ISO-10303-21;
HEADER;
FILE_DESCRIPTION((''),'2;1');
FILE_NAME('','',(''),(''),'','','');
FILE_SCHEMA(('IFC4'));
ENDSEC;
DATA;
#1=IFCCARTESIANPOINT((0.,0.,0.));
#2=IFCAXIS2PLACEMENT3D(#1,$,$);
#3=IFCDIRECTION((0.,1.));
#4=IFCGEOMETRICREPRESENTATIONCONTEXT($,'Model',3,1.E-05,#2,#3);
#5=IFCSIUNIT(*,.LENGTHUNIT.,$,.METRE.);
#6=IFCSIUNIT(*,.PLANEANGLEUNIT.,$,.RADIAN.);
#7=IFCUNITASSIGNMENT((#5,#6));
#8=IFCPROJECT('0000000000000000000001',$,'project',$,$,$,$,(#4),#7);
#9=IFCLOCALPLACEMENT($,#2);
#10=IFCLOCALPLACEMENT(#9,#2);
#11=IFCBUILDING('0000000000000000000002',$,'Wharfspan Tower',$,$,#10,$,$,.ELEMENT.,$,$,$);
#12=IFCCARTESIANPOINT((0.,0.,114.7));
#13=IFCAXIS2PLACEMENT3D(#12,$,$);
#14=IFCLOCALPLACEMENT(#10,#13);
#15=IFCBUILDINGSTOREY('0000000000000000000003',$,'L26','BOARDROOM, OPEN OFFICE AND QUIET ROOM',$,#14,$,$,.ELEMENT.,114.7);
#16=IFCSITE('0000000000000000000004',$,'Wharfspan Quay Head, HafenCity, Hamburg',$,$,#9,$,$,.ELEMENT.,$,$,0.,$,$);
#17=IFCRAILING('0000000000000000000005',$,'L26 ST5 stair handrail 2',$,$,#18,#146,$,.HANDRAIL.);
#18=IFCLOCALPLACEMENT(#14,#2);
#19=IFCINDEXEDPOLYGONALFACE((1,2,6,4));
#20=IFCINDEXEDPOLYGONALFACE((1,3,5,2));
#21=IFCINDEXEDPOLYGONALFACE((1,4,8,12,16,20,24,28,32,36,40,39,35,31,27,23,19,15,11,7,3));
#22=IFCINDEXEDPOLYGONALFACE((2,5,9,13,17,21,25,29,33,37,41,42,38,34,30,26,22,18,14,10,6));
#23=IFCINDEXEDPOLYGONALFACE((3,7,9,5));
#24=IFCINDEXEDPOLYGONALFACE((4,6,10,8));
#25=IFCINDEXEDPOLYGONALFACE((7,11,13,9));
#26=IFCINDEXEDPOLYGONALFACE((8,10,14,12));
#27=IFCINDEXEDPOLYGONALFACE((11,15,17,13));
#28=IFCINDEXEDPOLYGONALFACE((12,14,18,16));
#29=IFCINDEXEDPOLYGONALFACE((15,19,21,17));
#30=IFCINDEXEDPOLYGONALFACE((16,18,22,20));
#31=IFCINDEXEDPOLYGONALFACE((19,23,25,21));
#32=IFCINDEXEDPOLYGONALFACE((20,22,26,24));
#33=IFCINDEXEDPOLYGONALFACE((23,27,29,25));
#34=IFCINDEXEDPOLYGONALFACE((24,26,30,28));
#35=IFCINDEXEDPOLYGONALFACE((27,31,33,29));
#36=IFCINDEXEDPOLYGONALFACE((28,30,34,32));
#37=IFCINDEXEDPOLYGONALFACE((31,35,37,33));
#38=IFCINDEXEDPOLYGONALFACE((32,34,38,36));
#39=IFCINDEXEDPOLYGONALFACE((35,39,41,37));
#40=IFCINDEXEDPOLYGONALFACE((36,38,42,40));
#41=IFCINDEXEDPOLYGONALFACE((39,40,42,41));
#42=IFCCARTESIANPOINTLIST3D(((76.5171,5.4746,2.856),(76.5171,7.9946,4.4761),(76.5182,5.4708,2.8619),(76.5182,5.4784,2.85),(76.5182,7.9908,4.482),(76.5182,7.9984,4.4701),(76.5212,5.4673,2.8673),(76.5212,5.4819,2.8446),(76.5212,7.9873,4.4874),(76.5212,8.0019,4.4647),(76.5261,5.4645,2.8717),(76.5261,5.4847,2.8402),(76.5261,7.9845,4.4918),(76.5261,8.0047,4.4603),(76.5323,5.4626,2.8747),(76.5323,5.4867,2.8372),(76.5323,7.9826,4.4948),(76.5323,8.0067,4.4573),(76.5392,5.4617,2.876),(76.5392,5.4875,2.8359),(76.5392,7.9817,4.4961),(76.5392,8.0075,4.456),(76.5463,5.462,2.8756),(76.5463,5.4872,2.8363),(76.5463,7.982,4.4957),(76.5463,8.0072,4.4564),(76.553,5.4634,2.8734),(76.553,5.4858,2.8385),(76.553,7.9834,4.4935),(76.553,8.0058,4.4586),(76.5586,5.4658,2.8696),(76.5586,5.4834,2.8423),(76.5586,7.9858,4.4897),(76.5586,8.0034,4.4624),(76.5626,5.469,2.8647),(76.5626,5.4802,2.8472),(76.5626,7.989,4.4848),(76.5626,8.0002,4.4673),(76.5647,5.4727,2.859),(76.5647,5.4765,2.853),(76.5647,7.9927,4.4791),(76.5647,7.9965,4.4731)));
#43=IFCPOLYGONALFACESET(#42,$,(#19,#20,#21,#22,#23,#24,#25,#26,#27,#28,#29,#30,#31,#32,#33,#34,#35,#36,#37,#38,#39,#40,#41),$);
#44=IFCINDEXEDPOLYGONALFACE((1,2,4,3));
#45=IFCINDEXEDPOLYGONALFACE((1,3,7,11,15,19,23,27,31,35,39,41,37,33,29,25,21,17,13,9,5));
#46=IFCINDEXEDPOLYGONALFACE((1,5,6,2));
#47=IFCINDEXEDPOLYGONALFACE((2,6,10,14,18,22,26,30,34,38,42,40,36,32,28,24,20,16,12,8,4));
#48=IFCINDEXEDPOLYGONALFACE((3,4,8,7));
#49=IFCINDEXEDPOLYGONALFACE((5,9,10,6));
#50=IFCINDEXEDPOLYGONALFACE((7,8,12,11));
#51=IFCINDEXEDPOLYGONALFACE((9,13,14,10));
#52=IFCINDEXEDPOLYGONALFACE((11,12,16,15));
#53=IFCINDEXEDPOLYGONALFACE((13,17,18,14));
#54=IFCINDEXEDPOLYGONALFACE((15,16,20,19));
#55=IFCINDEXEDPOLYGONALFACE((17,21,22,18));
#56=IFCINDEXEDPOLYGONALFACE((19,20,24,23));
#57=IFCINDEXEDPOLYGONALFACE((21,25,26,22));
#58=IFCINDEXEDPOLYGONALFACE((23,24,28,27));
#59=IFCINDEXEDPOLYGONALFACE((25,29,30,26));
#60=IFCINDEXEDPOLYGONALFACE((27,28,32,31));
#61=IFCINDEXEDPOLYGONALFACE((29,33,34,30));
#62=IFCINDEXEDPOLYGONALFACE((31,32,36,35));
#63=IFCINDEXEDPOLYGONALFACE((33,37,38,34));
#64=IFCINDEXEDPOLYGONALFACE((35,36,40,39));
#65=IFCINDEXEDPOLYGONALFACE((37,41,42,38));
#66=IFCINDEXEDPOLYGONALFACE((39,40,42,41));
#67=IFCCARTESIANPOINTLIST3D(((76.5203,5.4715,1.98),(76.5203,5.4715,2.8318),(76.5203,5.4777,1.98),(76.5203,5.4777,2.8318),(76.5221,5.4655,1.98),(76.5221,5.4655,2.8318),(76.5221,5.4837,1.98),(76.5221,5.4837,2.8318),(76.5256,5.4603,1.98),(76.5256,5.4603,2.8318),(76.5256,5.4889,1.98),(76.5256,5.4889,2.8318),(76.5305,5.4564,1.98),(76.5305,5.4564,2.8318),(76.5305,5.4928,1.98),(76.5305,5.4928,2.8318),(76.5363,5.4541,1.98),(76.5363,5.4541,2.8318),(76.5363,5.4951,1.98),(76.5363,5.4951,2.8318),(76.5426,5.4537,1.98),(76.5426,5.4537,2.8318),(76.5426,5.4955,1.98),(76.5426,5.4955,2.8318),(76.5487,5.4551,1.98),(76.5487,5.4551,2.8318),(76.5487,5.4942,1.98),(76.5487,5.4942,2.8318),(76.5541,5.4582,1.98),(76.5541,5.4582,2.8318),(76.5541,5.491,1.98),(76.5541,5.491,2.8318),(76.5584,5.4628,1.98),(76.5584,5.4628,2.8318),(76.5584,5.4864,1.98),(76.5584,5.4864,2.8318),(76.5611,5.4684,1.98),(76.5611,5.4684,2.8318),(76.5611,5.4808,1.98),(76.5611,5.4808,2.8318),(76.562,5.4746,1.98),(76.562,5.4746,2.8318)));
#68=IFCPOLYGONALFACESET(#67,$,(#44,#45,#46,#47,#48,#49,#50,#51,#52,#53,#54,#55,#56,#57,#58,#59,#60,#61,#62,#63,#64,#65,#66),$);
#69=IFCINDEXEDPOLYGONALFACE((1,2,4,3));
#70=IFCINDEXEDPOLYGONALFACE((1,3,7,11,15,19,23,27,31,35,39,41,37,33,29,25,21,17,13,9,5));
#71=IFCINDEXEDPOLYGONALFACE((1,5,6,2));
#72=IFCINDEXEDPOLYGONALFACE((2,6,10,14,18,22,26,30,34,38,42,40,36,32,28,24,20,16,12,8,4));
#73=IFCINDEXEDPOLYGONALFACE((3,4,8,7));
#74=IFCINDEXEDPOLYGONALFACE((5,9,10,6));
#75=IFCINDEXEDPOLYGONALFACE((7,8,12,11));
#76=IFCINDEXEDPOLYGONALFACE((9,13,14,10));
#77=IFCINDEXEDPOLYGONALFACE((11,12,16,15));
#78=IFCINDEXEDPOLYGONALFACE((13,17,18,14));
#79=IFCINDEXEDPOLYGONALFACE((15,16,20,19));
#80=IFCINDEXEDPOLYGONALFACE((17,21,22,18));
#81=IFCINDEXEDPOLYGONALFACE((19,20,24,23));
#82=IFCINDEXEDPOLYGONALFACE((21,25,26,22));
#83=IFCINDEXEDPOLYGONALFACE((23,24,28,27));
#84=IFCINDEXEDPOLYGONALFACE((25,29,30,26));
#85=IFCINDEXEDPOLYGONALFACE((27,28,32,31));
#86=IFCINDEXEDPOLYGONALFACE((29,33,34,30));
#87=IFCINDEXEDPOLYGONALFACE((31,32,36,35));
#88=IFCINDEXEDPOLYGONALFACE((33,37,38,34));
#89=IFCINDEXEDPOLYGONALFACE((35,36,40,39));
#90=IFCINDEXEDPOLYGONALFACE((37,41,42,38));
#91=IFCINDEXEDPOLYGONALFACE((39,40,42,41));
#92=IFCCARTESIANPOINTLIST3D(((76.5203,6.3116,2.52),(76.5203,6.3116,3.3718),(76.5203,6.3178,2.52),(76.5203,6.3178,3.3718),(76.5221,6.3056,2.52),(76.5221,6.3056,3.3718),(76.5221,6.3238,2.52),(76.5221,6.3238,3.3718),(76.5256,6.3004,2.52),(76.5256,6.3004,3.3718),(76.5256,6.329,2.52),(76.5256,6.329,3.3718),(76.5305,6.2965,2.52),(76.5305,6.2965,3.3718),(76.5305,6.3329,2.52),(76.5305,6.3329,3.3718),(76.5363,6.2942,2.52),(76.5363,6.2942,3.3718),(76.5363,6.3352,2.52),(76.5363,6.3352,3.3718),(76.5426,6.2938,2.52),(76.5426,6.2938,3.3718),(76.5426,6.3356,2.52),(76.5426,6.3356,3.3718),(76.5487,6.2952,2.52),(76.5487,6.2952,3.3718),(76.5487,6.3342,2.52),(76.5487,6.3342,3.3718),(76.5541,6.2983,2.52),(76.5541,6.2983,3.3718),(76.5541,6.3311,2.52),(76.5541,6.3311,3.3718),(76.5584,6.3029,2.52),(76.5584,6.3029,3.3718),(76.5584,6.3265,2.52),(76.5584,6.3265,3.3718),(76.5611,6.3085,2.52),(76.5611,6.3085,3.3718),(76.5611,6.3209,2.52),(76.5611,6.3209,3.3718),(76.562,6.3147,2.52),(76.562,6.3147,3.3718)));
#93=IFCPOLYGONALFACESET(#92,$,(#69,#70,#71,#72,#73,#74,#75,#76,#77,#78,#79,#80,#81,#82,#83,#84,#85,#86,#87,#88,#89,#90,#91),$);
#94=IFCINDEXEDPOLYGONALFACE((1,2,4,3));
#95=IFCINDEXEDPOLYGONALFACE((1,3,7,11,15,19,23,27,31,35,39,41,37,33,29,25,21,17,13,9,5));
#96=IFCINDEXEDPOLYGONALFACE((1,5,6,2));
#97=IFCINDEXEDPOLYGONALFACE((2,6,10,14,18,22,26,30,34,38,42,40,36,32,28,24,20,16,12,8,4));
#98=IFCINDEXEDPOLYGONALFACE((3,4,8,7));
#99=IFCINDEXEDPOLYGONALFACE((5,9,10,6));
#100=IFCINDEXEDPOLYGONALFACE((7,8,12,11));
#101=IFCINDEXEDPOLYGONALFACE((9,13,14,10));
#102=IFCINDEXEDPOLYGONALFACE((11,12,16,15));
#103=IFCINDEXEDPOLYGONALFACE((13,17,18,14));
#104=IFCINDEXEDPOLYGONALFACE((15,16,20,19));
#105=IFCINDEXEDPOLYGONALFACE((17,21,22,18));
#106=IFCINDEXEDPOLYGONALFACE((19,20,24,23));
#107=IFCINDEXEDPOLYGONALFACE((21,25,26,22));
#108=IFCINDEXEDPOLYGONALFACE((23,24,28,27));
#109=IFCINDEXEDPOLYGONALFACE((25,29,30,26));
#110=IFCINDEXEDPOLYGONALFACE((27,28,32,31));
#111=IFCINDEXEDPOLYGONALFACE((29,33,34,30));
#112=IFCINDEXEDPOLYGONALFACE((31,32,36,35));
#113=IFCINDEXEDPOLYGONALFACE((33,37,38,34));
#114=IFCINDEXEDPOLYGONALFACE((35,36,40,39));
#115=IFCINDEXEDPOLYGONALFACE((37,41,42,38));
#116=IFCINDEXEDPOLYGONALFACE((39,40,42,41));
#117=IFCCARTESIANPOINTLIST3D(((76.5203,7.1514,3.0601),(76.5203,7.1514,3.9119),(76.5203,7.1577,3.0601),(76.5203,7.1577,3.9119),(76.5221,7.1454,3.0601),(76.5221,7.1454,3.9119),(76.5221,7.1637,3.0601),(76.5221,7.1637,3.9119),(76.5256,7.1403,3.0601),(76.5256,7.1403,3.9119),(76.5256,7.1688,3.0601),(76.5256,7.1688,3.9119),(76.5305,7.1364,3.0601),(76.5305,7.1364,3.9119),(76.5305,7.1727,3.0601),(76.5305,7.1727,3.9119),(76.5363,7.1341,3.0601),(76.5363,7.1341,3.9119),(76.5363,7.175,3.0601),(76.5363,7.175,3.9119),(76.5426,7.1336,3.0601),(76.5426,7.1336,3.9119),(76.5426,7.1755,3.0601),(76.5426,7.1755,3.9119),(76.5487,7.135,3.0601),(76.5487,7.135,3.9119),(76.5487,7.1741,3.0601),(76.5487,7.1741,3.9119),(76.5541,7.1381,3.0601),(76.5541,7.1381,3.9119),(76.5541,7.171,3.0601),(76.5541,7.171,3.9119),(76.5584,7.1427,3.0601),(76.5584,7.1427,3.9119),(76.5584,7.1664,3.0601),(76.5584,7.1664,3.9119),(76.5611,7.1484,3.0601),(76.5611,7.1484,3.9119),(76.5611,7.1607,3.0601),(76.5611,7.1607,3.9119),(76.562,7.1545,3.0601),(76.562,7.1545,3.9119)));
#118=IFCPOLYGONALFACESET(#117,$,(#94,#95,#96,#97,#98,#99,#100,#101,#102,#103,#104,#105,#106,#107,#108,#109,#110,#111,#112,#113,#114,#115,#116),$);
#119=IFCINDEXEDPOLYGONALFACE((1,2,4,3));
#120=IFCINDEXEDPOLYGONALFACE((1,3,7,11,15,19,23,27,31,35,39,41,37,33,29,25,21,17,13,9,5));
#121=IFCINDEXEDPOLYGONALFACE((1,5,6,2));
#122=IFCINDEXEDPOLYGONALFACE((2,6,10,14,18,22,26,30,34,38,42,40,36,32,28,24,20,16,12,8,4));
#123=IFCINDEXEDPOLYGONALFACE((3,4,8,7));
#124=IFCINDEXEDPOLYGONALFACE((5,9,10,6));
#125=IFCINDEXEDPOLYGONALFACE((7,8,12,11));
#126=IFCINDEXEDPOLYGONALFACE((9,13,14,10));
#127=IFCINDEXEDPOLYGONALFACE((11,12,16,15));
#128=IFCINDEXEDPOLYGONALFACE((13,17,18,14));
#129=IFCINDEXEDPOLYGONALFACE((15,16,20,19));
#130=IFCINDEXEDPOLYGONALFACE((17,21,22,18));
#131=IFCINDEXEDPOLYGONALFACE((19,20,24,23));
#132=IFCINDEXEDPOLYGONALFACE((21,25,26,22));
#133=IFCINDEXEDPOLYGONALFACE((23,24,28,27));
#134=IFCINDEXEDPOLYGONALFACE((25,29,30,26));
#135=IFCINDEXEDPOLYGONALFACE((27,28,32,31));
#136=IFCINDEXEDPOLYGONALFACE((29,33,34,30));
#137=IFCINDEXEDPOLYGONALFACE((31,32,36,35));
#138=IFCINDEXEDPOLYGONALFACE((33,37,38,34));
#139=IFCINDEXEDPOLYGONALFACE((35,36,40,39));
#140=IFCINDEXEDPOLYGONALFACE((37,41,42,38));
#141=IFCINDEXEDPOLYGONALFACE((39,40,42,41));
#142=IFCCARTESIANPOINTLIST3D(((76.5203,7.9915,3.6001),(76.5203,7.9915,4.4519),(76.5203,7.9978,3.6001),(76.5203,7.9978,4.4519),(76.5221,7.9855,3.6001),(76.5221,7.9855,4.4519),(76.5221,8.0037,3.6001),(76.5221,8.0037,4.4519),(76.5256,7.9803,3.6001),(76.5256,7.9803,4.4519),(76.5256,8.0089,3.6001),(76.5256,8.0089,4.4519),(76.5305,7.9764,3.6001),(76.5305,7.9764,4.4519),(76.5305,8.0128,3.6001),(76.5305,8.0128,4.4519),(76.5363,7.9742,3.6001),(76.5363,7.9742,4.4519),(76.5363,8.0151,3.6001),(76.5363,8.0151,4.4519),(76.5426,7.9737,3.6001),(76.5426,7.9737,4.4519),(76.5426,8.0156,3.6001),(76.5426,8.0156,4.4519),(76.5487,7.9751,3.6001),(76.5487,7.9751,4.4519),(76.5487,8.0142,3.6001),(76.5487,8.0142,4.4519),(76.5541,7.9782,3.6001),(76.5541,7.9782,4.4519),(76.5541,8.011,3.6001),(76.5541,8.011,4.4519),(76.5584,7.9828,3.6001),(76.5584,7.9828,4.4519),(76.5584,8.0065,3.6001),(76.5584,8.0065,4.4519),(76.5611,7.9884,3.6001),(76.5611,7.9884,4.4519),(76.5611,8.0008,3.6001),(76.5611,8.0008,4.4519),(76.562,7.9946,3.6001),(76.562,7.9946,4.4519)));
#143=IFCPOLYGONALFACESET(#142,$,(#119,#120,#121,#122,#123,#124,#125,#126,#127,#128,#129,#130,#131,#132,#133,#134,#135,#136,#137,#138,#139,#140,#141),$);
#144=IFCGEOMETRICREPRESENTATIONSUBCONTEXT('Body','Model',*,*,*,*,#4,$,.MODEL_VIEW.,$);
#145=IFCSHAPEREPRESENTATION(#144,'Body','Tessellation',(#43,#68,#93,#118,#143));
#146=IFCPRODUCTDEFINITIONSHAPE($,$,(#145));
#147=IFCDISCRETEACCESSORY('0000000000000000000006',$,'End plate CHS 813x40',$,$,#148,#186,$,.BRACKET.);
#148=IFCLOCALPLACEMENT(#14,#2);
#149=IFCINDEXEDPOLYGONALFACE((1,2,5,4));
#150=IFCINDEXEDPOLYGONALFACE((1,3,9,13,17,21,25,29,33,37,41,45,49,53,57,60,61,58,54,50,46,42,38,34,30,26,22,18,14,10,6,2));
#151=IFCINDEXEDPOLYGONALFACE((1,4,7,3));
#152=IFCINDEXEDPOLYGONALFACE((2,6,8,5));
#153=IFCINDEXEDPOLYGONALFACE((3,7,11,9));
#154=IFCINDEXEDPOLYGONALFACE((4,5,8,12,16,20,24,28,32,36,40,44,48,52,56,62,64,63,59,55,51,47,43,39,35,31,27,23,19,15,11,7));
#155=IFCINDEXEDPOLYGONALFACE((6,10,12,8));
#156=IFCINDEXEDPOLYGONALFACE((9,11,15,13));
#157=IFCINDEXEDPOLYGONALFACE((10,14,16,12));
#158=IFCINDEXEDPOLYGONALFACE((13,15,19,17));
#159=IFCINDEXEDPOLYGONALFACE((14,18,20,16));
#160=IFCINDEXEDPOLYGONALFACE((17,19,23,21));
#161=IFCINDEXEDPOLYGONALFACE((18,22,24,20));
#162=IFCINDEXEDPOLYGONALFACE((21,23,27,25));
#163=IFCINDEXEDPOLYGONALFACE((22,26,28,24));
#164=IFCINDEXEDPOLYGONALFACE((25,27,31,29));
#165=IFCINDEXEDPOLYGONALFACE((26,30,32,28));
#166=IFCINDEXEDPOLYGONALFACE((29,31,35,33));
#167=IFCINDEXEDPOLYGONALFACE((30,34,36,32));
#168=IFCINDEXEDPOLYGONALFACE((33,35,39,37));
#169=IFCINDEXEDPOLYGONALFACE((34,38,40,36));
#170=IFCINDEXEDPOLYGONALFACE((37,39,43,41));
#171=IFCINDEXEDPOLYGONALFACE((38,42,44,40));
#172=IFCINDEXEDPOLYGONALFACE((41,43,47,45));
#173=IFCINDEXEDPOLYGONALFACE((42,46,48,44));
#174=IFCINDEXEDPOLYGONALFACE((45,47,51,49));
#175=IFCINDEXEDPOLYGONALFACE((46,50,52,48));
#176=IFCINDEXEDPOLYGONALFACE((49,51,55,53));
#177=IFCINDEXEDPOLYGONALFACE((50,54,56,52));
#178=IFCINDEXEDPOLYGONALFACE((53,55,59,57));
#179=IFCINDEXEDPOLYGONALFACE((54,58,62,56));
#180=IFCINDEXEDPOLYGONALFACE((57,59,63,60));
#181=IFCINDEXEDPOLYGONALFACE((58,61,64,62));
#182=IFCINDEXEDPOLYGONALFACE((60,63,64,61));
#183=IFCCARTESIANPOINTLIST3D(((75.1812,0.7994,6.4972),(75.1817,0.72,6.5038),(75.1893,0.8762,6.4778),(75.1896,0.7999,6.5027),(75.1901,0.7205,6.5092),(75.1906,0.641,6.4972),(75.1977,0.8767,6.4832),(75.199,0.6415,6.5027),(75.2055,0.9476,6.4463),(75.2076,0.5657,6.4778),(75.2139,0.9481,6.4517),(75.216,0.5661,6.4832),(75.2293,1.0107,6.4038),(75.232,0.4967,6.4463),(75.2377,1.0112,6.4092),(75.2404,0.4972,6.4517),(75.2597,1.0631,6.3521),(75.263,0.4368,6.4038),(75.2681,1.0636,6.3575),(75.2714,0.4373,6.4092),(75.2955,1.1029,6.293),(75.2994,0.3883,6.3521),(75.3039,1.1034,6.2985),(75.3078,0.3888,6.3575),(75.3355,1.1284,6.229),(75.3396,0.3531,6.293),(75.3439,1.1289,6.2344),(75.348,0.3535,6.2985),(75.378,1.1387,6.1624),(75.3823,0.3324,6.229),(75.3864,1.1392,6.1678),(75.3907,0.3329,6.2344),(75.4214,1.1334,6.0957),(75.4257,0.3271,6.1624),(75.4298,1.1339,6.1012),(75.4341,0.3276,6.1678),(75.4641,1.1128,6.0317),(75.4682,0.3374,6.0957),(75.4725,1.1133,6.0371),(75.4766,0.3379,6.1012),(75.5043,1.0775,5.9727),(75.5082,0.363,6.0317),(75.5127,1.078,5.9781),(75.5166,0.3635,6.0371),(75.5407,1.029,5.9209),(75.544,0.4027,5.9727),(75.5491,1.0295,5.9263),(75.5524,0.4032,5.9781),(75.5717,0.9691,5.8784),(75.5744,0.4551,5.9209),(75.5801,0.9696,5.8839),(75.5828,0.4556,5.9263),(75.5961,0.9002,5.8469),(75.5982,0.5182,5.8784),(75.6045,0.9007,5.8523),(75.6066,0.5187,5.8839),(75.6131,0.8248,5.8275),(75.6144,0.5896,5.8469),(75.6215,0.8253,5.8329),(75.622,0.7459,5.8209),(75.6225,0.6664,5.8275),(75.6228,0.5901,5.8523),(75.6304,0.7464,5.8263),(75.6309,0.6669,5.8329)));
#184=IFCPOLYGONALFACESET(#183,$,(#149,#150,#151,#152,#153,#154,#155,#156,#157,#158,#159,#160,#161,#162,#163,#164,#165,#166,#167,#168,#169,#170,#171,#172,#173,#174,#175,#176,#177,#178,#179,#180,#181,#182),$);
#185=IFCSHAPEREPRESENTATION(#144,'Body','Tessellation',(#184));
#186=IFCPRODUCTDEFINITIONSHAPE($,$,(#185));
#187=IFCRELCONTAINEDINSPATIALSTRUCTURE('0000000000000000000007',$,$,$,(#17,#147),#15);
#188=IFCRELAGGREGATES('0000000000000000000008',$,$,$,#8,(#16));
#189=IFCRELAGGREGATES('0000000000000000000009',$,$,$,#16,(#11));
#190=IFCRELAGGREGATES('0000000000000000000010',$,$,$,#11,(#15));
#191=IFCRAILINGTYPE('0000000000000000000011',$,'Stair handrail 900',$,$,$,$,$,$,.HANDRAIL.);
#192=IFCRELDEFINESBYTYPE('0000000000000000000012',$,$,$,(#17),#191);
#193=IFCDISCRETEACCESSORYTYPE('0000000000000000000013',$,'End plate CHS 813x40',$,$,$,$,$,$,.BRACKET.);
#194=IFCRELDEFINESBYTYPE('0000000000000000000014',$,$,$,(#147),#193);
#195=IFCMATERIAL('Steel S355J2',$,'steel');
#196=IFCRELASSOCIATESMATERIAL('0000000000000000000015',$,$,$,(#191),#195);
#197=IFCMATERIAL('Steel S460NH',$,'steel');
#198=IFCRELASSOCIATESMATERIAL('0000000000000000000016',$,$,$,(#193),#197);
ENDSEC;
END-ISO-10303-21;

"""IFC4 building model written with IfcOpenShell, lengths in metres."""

from ifc_helpers import new_model, si_unit, direction, frame, origin, origin_2d, place, context, subcontext, project, spatial, circle, extrude, material, material_profile, profile_set, type_object, element, save


model = new_model("IFC4")

# Units and contexts
model_context = context("Model", 3, precision=1e-05, world=origin(), true_north=direction((0.0, 1.0)))
body_context = subcontext(model_context, "Body", "Model", "MODEL_VIEW")
ifc_project = project(units=[si_unit("LENGTHUNIT", "METRE"), si_unit("PLANEANGLEUNIT", "RADIAN")], contexts=[model_context])

# Site, building, storey
site_placement = place(None, origin())
site = spatial("IfcSite", under=ifc_project, at=site_placement, Name="Wharfspan Quay Head, HafenCity, Hamburg", CompositionType="ELEMENT", RefElevation=0.0)
building_placement = place(site_placement, origin())
building = spatial("IfcBuilding", under=site, at=building_placement, Name="Wharfspan Tower", CompositionType="ELEMENT")
storey_placement = place(building_placement, frame((0.0, 0.0, 114.7)))
storey = spatial("IfcBuildingStorey", under=building, at=storey_placement, Name="L26", Description="BOARDROOM, OPEN OFFICE AND QUIET ROOM", CompositionType="ELEMENT", Elevation=114.7)

# Shared definitions
ifc_material_1 = material(Name="Steel S355J2", Category="steel")

# Shared definitions
ifc_material_2 = material(Name="Steel S460NH", Category="steel")

# Railing
railing_type_1 = type_object("IfcRailingType", Name="Stair handrail 900", PredefinedType="HANDRAIL", material=ifc_material_1)
railing_1_placement = place(storey_placement, frame((76.541, 5.4746, 1.98)))
element("IfcRailing", 1, at=railing_1_placement, inside=storey, type_object=railing_type_1, Name="L26 ST5 stair handrail 2", PredefinedType="HANDRAIL", context=body_context, shape_type="SweptSolid", body=[
    extrude(circle(Radius=0.0239, at=origin_2d()), frame((0.0, 0.0, 0.876), z_axis=(0.0, 0.841163, 0.540782), x_axis=(-1.0, 0.0, 0.0)), (0.0, 0.0, 1.0), 2.9958),
    extrude(circle(Radius=0.021, at=origin_2d()), origin(), (0.0, 0.0, 1.0), 0.8518),
    extrude(circle(Radius=0.021, at=origin_2d()), frame((0.0, 0.8401, 0.54)), (0.0, 0.0, 1.0), 0.8518),
    extrude(circle(Radius=0.021, at=origin_2d()), frame((0.0, 1.6799, 1.0801)), (0.0, 0.0, 1.0), 0.8518),
    extrude(circle(Radius=0.021, at=origin_2d()), frame((0.0, 2.52, 1.6201)), (0.0, 0.0, 1.0), 0.8518),
])

# Discrete accessory
ifc_material_profile_1 = material_profile(ifc_material_2, circle(Radius=0.4065, at=origin_2d()))
ifc_profile_set_1 = profile_set([ifc_material_profile_1], Name="Steel S460NH")
discrete_accessory_type = type_object("IfcDiscreteAccessoryType", Name="End plate CHS 813x40", PredefinedType="BRACKET", material=ifc_profile_set_1)
for number, where, z_axis, x_axis, name in (
    (2, (75.4019, 0.7329, 6.1624), (0.838548, 0.049326, 0.54259), (-0.058722, 0.99827, 0.000001), "End plate CHS 813x40"),
):
    element("IfcDiscreteAccessory", number, at=place(storey_placement, frame(where, z_axis=z_axis, x_axis=x_axis)), inside=storey, type_object=discrete_accessory_type, Name=name, PredefinedType="BRACKET", context=body_context, shape_type="SweptSolid", body=[
        extrude(circle(Radius=0.4065, at=origin_2d()), origin(), (0.0, 0.0, 1.0), 0.01),
    ])

save(model, "model.ifc")
